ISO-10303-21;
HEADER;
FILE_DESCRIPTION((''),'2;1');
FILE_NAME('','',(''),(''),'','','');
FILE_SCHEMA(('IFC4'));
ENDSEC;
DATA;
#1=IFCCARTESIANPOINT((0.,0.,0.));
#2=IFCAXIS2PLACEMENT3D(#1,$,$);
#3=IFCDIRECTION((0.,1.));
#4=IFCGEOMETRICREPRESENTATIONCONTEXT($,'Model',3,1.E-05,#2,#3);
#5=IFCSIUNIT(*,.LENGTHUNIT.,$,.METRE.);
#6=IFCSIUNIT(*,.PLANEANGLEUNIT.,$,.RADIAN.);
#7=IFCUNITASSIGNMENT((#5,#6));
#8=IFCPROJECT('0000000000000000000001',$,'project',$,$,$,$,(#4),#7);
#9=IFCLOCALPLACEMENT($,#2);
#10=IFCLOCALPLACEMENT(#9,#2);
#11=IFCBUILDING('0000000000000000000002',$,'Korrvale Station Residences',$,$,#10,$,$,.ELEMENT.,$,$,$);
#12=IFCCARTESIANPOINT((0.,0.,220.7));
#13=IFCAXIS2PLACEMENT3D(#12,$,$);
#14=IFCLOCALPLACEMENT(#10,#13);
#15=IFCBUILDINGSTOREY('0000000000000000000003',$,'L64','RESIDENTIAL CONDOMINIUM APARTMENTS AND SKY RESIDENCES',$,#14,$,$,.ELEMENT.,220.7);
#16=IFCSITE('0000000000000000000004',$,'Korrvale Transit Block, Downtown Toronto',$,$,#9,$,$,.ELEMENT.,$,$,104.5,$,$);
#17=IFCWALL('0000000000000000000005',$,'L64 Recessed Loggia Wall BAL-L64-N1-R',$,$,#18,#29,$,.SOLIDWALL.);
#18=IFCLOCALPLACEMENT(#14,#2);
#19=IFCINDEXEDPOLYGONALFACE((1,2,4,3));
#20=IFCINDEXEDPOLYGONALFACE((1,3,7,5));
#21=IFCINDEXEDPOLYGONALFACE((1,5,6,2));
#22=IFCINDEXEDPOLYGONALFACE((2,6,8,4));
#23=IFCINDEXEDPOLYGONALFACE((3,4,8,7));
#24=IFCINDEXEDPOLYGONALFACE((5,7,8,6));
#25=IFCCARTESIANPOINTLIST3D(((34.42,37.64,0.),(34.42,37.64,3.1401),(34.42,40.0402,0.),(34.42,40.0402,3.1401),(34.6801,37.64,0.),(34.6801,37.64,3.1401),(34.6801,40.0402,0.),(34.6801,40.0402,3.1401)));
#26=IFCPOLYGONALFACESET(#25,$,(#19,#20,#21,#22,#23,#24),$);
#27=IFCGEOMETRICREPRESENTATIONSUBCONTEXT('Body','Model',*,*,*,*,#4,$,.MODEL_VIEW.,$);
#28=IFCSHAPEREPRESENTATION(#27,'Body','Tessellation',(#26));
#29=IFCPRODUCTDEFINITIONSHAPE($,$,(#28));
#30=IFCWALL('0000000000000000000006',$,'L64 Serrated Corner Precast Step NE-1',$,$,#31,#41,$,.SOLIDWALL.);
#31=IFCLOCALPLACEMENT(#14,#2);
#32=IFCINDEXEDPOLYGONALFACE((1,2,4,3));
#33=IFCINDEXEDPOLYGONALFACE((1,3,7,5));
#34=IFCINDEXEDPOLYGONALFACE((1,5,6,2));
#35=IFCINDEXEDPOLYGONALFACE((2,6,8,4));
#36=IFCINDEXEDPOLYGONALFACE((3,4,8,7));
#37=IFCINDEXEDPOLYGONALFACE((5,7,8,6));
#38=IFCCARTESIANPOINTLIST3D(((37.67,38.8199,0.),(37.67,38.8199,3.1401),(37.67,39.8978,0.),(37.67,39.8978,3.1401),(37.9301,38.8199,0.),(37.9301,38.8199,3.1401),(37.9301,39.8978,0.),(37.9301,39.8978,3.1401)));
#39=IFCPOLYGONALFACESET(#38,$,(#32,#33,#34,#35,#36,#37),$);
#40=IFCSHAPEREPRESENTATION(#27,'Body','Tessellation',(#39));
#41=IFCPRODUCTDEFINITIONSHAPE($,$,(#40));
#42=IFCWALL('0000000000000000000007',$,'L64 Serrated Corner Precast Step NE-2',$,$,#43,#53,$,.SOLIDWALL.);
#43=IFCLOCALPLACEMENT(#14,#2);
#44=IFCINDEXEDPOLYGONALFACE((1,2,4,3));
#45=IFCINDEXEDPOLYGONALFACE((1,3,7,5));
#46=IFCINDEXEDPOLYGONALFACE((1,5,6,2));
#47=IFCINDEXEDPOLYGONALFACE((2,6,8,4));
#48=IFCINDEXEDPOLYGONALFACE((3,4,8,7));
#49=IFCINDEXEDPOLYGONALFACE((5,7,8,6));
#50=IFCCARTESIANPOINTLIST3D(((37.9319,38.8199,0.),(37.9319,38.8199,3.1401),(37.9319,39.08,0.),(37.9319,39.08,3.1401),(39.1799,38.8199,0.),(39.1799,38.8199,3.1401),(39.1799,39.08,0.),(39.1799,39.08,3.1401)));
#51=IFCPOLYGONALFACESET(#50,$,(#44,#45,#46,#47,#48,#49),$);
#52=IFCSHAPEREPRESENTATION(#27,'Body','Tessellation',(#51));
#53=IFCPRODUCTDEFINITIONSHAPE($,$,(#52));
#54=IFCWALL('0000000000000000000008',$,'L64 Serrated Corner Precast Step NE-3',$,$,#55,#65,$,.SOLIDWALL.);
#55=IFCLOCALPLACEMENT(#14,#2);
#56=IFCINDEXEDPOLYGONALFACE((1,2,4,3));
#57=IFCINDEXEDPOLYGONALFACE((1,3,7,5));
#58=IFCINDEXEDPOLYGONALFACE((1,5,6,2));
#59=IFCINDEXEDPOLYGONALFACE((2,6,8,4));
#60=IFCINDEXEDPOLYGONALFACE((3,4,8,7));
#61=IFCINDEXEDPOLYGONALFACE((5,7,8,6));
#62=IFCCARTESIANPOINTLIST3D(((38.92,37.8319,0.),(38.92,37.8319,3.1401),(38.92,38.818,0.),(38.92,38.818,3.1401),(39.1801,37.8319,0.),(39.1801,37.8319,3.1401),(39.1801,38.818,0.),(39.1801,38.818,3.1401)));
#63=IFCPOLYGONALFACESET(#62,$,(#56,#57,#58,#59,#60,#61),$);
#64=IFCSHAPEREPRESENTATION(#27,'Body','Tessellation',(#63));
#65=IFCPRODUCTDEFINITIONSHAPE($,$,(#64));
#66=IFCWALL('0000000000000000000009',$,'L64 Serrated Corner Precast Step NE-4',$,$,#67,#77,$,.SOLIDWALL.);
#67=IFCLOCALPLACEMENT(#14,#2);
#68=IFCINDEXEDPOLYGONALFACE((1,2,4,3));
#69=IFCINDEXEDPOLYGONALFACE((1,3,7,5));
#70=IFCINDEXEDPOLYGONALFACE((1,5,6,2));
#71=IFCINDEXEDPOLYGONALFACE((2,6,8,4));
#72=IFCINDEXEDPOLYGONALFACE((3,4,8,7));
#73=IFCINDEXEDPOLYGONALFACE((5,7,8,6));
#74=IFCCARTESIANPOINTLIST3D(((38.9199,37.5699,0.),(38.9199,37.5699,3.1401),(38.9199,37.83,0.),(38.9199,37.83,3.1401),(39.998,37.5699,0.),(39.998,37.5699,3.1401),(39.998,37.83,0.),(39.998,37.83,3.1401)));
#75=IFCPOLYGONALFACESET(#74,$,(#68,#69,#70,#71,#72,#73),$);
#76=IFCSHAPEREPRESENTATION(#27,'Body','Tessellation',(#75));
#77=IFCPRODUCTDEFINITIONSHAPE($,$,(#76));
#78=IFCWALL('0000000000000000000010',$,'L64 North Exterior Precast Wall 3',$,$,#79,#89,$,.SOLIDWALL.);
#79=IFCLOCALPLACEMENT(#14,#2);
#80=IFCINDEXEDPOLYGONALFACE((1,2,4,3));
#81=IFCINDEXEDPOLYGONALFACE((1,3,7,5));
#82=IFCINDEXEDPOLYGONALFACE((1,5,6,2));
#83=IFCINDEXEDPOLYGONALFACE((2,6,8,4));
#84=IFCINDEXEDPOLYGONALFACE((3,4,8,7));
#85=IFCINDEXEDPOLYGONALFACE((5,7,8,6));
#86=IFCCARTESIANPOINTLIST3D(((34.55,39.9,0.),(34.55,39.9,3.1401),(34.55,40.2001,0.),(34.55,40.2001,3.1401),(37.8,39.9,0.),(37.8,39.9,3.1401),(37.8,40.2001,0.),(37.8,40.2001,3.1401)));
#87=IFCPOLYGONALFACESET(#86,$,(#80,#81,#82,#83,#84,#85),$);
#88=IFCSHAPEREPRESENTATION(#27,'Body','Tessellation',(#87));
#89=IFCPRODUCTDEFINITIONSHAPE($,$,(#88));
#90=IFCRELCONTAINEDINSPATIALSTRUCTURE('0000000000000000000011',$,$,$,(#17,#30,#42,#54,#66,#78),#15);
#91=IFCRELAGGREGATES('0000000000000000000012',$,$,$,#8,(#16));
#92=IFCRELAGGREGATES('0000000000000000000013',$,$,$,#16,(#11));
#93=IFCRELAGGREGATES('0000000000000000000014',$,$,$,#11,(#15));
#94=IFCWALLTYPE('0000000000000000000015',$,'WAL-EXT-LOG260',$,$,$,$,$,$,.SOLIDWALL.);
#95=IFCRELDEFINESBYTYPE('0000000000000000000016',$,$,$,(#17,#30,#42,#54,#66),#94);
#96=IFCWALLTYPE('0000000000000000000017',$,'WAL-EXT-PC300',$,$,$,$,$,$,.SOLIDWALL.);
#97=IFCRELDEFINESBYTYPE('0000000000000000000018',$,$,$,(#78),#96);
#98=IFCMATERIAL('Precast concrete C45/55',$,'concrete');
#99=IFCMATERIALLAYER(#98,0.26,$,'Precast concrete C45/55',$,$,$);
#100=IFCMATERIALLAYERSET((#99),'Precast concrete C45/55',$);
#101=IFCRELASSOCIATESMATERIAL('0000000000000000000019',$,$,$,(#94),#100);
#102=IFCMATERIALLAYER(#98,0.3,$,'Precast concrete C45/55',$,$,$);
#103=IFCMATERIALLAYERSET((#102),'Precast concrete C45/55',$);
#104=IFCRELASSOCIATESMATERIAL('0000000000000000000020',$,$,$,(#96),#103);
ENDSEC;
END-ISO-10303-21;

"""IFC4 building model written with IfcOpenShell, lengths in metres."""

from ifc_helpers import new_model, si_unit, direction, frame, frame_2d, origin, place, context, subcontext, project, spatial, rectangle, extrude, material, layer, layer_set, type_object, element, save


model = new_model("IFC4")

# Units and contexts
model_context = context("Model", 3, precision=1e-05, world=origin(), true_north=direction((0.0, 1.0)))
body_context = subcontext(model_context, "Body", "Model", "MODEL_VIEW")
ifc_project = project(units=[si_unit("LENGTHUNIT", "METRE"), si_unit("PLANEANGLEUNIT", "RADIAN")], contexts=[model_context])

# Site, building, storey
site_placement = place(None, origin())
site = spatial("IfcSite", under=ifc_project, at=site_placement, Name="Korrvale Transit Block, Downtown Toronto", CompositionType="ELEMENT", RefElevation=104.5)
building_placement = place(site_placement, origin())
building = spatial("IfcBuilding", under=site, at=building_placement, Name="Korrvale Station Residences", CompositionType="ELEMENT")
storey_placement = place(building_placement, frame((0.0, 0.0, 220.7)))
storey = spatial("IfcBuildingStorey", under=building, at=storey_placement, Name="L64", Description="RESIDENTIAL CONDOMINIUM APARTMENTS AND SKY RESIDENCES", CompositionType="ELEMENT", Elevation=220.7)

# Walls
ifc_material_1 = material(Name="Precast concrete C45/55", Category="concrete")
ifc_layer_1 = layer(ifc_material_1, 0.26, Name="Precast concrete C45/55")
ifc_layer_set_1 = layer_set([ifc_layer_1], Name="Precast concrete C45/55")
wall_type_1 = type_object("IfcWallType", Name="WAL-EXT-LOG260", PredefinedType="SOLIDWALL", material=ifc_layer_set_1)
wall_1_placement = place(storey_placement, frame((34.55, 37.6399, 0.0), z_axis=(0.0, 0.0, 1.0), x_axis=(0.0, 1.0, 0.0)))
element("IfcWall", 1, at=wall_1_placement, inside=storey, type_object=wall_type_1, Name="L64 Recessed Loggia Wall BAL-L64-N1-R", PredefinedType="SOLIDWALL", context=body_context, shape_type="SweptSolid", body=[
    extrude(rectangle(XDim=2.4001, YDim=0.26, at=frame_2d((1.2002, 0.0))), origin(), (0.0, 0.0, 1.0), 3.1401),
])
wall_2_placement = place(storey_placement, frame((37.8, 39.8979, 0.0), z_axis=(0.0, 0.0, 1.0), x_axis=(0.0, -1.0, 0.0)))
element("IfcWall", 2, at=wall_2_placement, inside=storey, type_object=wall_type_1, Name="L64 Serrated Corner Precast Step NE-1", PredefinedType="SOLIDWALL", context=body_context, shape_type="SweptSolid", body=[
    extrude(rectangle(XDim=1.0779, YDim=0.26, at=frame_2d((0.5391, 0.0))), origin(), (0.0, 0.0, 1.0), 3.1401),
])
wall_3_placement = place(storey_placement, frame((37.9319, 38.95, 0.0), z_axis=(0.0, 0.0, 1.0), x_axis=(1.0, 0.0, 0.0)))
element("IfcWall", 3, at=wall_3_placement, inside=storey, type_object=wall_type_1, Name="L64 Serrated Corner Precast Step NE-2", PredefinedType="SOLIDWALL", context=body_context, shape_type="SweptSolid", body=[
    extrude(rectangle(XDim=1.248, YDim=0.26, at=frame_2d((0.624, 0.0))), origin(), (0.0, 0.0, 1.0), 3.1401),
])
wall_4_placement = place(storey_placement, frame((39.05, 38.8181, 0.0), z_axis=(0.0, 0.0, 1.0), x_axis=(0.0, -1.0, 0.0)))
element("IfcWall", 4, at=wall_4_placement, inside=storey, type_object=wall_type_1, Name="L64 Serrated Corner Precast Step NE-3", PredefinedType="SOLIDWALL", context=body_context, shape_type="SweptSolid", body=[
    extrude(rectangle(XDim=0.9861, YDim=0.26, at=frame_2d((0.4932, 0.0))), origin(), (0.0, 0.0, 1.0), 3.1401),
])
wall_5_placement = place(storey_placement, frame((38.9199, 37.7, 0.0), z_axis=(0.0, 0.0, 1.0), x_axis=(1.0, 0.0, 0.0)))
element("IfcWall", 5, at=wall_5_placement, inside=storey, type_object=wall_type_1, Name="L64 Serrated Corner Precast Step NE-4", PredefinedType="SOLIDWALL", context=body_context, shape_type="SweptSolid", body=[
    extrude(rectangle(XDim=1.0781, YDim=0.26, at=frame_2d((0.5391, 0.0))), origin(), (0.0, 0.0, 1.0), 3.1401),
])
ifc_layer_2 = layer(ifc_material_1, 0.3, Name="Precast concrete C45/55")
ifc_layer_set_2 = layer_set([ifc_layer_2], Name="Precast concrete C45/55")
wall_type_2 = type_object("IfcWallType", Name="WAL-EXT-PC300", PredefinedType="SOLIDWALL", material=ifc_layer_set_2)
wall_6_placement = place(storey_placement, frame((34.55, 40.05, 0.0), z_axis=(0.0, 0.0, 1.0), x_axis=(1.0, 0.0, 0.0)))
element("IfcWall", 6, at=wall_6_placement, inside=storey, type_object=wall_type_2, Name="L64 North Exterior Precast Wall 3", PredefinedType="SOLIDWALL", context=body_context, shape_type="SweptSolid", body=[
    extrude(rectangle(XDim=3.25, YDim=0.3, at=frame_2d((1.625, 0.0))), origin(), (0.0, 0.0, 1.0), 3.1401),
])

save(model, "model.ifc")
